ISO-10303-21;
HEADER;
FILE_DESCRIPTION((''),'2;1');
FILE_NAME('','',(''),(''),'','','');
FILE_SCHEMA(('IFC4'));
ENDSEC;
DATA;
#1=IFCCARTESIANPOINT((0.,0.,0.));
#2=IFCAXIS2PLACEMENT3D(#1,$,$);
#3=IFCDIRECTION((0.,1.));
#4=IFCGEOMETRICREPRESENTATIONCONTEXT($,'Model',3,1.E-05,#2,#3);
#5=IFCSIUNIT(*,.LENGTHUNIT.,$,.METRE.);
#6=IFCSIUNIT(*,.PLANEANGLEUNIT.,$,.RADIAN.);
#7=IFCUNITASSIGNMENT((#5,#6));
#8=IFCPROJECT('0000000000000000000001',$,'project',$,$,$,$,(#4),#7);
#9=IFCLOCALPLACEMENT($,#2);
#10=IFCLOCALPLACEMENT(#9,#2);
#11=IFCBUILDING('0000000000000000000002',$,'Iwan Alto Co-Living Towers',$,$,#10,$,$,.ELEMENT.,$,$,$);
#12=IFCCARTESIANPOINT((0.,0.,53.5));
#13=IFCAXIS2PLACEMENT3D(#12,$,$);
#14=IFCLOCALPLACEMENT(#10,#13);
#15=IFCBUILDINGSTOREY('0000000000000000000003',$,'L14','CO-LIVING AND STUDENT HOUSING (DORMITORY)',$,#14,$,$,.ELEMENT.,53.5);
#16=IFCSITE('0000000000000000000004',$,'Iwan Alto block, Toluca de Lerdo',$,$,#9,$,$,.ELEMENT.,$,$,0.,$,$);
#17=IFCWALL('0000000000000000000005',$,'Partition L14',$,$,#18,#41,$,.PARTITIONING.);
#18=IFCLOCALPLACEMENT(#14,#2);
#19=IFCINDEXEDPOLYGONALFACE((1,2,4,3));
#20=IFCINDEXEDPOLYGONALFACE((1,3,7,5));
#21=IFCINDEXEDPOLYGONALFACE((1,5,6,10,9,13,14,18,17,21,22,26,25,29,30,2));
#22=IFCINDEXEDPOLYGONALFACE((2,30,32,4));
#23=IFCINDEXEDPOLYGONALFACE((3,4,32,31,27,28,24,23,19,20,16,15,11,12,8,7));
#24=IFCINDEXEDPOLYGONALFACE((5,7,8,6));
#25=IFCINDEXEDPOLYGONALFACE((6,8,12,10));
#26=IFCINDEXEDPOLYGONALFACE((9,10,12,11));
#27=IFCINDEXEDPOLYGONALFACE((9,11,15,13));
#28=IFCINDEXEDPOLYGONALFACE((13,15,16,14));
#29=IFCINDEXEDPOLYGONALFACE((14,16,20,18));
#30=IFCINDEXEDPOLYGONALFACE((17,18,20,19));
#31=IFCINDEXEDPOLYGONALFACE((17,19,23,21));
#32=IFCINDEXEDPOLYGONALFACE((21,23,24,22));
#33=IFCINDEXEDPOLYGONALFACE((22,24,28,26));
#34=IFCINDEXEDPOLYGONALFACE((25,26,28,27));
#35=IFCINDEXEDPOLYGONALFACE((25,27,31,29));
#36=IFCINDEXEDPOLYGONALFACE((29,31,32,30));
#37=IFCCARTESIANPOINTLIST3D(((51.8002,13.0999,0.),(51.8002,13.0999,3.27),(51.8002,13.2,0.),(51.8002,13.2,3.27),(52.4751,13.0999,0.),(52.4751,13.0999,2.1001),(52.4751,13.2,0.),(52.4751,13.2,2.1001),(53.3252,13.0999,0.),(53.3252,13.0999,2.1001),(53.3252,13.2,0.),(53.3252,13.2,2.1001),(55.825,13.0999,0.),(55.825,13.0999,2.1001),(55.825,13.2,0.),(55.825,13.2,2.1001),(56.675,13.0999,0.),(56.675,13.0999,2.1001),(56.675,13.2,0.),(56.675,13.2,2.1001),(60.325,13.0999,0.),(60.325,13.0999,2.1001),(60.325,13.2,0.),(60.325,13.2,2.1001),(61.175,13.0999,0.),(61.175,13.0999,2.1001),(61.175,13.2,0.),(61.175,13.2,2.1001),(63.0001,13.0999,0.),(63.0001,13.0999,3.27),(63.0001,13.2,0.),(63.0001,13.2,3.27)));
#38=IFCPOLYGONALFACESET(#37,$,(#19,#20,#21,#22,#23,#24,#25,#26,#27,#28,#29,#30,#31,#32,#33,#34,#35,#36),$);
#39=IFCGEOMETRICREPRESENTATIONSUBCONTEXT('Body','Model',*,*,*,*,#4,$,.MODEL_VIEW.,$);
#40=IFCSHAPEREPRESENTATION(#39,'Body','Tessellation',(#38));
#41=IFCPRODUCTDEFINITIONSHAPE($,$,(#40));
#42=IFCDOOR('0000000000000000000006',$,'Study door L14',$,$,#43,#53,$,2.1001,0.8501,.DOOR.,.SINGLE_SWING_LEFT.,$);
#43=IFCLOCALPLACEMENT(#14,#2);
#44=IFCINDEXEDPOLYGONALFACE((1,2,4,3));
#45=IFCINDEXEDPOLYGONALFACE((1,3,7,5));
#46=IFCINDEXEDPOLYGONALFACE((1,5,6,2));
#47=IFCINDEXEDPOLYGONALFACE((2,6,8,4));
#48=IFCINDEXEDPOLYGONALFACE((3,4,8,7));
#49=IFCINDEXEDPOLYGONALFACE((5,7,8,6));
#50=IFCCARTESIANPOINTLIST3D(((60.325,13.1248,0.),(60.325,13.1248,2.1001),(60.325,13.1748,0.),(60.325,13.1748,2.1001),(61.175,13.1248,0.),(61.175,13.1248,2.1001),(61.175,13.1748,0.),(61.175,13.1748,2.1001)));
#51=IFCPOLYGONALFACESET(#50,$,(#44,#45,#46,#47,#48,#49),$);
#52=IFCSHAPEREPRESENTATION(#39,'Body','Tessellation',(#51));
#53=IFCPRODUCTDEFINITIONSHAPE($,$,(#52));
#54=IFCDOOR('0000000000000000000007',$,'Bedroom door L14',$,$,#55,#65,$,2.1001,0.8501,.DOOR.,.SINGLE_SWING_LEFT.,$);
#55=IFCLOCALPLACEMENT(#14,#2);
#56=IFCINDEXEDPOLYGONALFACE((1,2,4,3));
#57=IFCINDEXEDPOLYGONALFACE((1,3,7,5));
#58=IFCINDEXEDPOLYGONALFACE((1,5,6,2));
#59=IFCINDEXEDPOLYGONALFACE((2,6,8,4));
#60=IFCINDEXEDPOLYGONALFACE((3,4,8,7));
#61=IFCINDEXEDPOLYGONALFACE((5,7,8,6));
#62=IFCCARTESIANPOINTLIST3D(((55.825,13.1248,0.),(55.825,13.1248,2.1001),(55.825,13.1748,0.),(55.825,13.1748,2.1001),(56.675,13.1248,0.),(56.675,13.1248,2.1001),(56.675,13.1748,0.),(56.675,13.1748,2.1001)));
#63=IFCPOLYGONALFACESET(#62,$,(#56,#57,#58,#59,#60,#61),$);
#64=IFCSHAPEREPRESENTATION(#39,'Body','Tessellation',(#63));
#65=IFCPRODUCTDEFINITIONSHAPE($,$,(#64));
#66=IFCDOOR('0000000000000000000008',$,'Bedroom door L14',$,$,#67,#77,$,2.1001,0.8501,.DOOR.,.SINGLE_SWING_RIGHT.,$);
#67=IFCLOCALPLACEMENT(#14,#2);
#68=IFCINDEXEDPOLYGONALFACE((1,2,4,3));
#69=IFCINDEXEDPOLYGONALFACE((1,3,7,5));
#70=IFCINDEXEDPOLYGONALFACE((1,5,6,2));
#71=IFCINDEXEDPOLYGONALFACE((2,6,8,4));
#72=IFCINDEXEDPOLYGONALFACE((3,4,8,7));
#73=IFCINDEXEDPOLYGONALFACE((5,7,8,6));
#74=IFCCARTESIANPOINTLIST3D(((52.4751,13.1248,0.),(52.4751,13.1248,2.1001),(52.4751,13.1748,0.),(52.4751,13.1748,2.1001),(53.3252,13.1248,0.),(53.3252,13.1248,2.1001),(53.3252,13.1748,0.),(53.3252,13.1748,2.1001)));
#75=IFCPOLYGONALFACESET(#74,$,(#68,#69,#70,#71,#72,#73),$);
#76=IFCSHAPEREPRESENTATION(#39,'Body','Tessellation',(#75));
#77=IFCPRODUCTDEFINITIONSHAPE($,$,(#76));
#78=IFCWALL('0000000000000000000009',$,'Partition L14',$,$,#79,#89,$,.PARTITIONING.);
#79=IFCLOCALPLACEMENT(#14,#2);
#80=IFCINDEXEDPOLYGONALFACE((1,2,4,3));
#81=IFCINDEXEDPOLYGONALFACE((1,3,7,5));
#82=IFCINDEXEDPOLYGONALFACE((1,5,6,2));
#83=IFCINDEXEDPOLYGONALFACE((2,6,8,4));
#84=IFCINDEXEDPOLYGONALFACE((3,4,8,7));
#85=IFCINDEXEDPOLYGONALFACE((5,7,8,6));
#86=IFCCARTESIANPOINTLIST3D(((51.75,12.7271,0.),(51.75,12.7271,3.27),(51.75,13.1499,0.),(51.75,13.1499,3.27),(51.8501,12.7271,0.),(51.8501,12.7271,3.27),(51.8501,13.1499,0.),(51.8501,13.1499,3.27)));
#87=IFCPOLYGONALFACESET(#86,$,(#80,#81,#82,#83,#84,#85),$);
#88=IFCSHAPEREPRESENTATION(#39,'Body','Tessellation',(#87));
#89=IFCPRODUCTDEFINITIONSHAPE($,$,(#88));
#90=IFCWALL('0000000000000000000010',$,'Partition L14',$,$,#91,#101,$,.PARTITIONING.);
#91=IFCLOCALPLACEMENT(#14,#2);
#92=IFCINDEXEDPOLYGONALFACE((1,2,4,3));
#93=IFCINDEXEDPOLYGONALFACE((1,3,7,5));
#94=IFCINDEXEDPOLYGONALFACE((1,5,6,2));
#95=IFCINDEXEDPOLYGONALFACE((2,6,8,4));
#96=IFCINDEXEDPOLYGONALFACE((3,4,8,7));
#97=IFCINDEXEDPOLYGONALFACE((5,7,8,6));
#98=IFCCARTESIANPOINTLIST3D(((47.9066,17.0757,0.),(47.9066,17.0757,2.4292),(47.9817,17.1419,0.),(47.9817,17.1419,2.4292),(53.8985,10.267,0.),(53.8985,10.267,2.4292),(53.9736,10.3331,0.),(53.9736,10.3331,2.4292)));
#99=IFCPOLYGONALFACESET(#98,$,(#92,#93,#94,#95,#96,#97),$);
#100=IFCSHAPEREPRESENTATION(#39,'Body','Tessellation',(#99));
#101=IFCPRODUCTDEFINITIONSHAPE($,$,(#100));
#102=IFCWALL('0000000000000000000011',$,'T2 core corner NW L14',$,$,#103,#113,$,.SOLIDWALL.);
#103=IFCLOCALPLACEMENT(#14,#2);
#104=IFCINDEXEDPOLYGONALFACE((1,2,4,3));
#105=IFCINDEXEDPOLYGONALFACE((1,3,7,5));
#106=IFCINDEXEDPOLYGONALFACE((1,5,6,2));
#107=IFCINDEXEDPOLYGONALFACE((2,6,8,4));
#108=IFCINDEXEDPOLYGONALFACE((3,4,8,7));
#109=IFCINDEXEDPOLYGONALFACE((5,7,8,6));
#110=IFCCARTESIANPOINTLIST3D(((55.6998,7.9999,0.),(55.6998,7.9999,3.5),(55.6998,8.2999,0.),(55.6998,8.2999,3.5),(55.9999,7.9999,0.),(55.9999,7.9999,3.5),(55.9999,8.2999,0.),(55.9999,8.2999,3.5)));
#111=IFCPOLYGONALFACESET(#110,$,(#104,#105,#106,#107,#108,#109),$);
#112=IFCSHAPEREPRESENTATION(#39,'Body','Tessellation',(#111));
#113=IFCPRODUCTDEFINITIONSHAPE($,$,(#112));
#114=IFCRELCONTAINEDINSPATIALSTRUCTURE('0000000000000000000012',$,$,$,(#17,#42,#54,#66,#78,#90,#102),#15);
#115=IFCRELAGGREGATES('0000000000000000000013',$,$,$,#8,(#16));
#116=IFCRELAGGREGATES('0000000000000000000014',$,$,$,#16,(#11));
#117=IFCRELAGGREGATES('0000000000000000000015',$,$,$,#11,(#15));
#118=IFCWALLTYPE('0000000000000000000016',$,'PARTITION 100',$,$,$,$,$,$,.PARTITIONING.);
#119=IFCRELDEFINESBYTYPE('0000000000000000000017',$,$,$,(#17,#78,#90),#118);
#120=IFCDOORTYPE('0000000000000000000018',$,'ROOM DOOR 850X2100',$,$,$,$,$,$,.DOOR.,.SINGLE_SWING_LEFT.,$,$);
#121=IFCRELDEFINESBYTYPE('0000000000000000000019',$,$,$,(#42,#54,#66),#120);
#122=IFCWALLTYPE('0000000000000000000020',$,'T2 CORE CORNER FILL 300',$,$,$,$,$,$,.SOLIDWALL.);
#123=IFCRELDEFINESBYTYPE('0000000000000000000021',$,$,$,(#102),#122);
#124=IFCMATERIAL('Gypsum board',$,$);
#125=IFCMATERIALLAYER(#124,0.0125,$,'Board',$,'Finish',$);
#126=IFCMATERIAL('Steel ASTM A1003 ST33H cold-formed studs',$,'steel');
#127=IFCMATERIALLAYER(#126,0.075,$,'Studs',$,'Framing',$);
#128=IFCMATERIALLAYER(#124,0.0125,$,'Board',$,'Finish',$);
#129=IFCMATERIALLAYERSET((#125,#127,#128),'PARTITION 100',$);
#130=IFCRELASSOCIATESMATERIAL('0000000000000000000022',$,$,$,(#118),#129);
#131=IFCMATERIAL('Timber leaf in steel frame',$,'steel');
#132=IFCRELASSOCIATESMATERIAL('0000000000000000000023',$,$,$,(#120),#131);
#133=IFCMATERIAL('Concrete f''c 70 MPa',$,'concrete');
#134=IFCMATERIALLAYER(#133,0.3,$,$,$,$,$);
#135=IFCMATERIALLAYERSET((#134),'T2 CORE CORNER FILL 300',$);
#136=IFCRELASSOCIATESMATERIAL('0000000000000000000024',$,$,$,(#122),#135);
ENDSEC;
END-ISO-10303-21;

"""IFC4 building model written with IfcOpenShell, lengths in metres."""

from ifc_helpers import new_model, si_unit, direction, frame, frame_2d, origin, place, context, subcontext, project, spatial, rectangle, extrude, material, layer, layer_set, type_object, element, fill, save


model = new_model("IFC4")

# Units and contexts
model_context = context("Model", 3, precision=1e-05, world=origin(), true_north=direction((0.0, 1.0)))
body_context = subcontext(model_context, "Body", "Model", "MODEL_VIEW")
ifc_project = project(units=[si_unit("LENGTHUNIT", "METRE"), si_unit("PLANEANGLEUNIT", "RADIAN")], contexts=[model_context])

# Site, building, storey
site_placement = place(None, origin())
site = spatial("IfcSite", under=ifc_project, at=site_placement, Name="Iwan Alto block, Toluca de Lerdo", CompositionType="ELEMENT", RefElevation=0.0)
building_placement = place(site_placement, origin())
building = spatial("IfcBuilding", under=site, at=building_placement, Name="Iwan Alto Co-Living Towers", CompositionType="ELEMENT")
storey_placement = place(building_placement, frame((0.0, 0.0, 53.5)))
storey = spatial("IfcBuildingStorey", under=building, at=storey_placement, Name="L14", Description="CO-LIVING AND STUDENT HOUSING (DORMITORY)", CompositionType="ELEMENT", Elevation=53.5)

# Shared definitions
ifc_material_1 = material(Name="Gypsum board")
ifc_material_2 = material(Name="Steel ASTM A1003 ST33H cold-formed studs", Category="steel")

# Wall, openings, doors
ifc_layer_1 = layer(ifc_material_1, 0.0125, Name="Board", Category="Finish")
ifc_layer_2 = layer(ifc_material_2, 0.075, Name="Studs", Category="Framing")
ifc_layer_3 = layer(ifc_material_1, 0.0125, Name="Board", Category="Finish")
ifc_layer_set_1 = layer_set([ifc_layer_1, ifc_layer_2, ifc_layer_3], Name="PARTITION 100")
wall_type_1 = type_object("IfcWallType", Name="PARTITION 100", PredefinedType="PARTITIONING", material=ifc_layer_set_1)
wall_1_placement = place(storey_placement, frame((51.8, 13.1499, 0.0), z_axis=(0.0, 0.0, 1.0), x_axis=(1.0, 0.0, 0.0)))
wall_1 = element("IfcWall", 1, at=wall_1_placement, inside=storey, type_object=wall_type_1, Name="Partition L14", PredefinedType="PARTITIONING", context=body_context, shape_type="SweptSolid", body=[
    extrude(rectangle(XDim=11.2, YDim=0.1001, at=frame_2d((5.6001, 0.0))), origin(), (0.0, 0.0, 1.0), 3.27),
])
opening_1_placement = place(wall_1_placement, frame((8.5249, 0.0, 0.0)))
opening_1 = element("IfcOpeningElement", 2, at=opening_1_placement, cuts=wall_1, PredefinedType="OPENING", context=body_context, shape_type="SweptSolid", body=[
    extrude(rectangle(XDim=0.8501, YDim=2.1001, at=frame_2d((0.425, 1.05))), frame((0.0, 0.0601, 0.0), z_axis=(0.0, -1.0, 0.0), x_axis=(1.0, 0.0, 0.0)), (0.0, 0.0, 1.0), 0.1201),
])
opening_2_placement = place(wall_1_placement, frame((4.0249, 0.0, 0.0)))
opening_2 = element("IfcOpeningElement", 3, at=opening_2_placement, cuts=wall_1, PredefinedType="OPENING", context=body_context, shape_type="SweptSolid", body=[
    extrude(rectangle(XDim=0.8501, YDim=2.1001, at=frame_2d((0.425, 1.05))), frame((0.0, 0.0601, 0.0), z_axis=(0.0, -1.0, 0.0), x_axis=(1.0, 0.0, 0.0)), (0.0, 0.0, 1.0), 0.1201),
])
opening_3_placement = place(wall_1_placement, frame((0.675, 0.0, 0.0)))
opening_3 = element("IfcOpeningElement", 4, at=opening_3_placement, cuts=wall_1, PredefinedType="OPENING", context=body_context, shape_type="SweptSolid", body=[
    extrude(rectangle(XDim=0.8501, YDim=2.1001, at=frame_2d((0.425, 1.05))), frame((0.0, 0.0601, 0.0), z_axis=(0.0, -1.0, 0.0), x_axis=(1.0, 0.0, 0.0)), (0.0, 0.0, 1.0), 0.1201),
])
ifc_material_3 = material(Name="Timber leaf in steel frame", Category="steel")
door_type_1 = type_object("IfcDoorType", Name="ROOM DOOR 850X2100", OperationType="SINGLE_SWING_LEFT", PredefinedType="DOOR", material=ifc_material_3)
door_1_placement = place(opening_1_placement, origin())
door_1 = element("IfcDoor", 5, at=door_1_placement, inside=storey, type_object=door_type_1, Name="Study door L14", OperationType="SINGLE_SWING_LEFT", OverallHeight=2.1001, OverallWidth=0.8501, PredefinedType="DOOR", context=body_context, shape_type="SweptSolid", body=[
    extrude(rectangle(XDim=0.8501, YDim=2.1001, at=frame_2d((0.425, 1.05))), frame((0.0, 0.0249, 0.0), z_axis=(0.0, -1.0, 0.0), x_axis=(1.0, 0.0, 0.0)), (0.0, 0.0, 1.0), 0.05),
])
fill(opening_1, door_1)
door_2_placement = place(opening_2_placement, origin())
door_2 = element("IfcDoor", 6, at=door_2_placement, inside=storey, type_object=door_type_1, Name="Bedroom door L14", OperationType="SINGLE_SWING_LEFT", OverallHeight=2.1001, OverallWidth=0.8501, PredefinedType="DOOR", context=body_context, shape_type="SweptSolid", body=[
    extrude(rectangle(XDim=0.8501, YDim=2.1001, at=frame_2d((0.425, 1.05))), frame((0.0, 0.0249, 0.0), z_axis=(0.0, -1.0, 0.0), x_axis=(1.0, 0.0, 0.0)), (0.0, 0.0, 1.0), 0.05),
])
fill(opening_2, door_2)
door_3_placement = place(opening_3_placement, origin())
door_3 = element("IfcDoor", 7, at=door_3_placement, inside=storey, type_object=door_type_1, Name="Bedroom door L14", OperationType="SINGLE_SWING_RIGHT", OverallHeight=2.1001, OverallWidth=0.8501, PredefinedType="DOOR", context=body_context, shape_type="SweptSolid", body=[
    extrude(rectangle(XDim=0.8501, YDim=2.1001, at=frame_2d((0.425, 1.05))), frame((0.0, 0.0249, 0.0), z_axis=(0.0, -1.0, 0.0), x_axis=(1.0, 0.0, 0.0)), (0.0, 0.0, 1.0), 0.05),
])
fill(opening_3, door_3)

# Walls
wall_2_placement = place(storey_placement, frame((51.8, 12.7271, 0.0), z_axis=(0.0, 0.0, 1.0), x_axis=(0.0, 1.0, 0.0)))
element("IfcWall", 8, at=wall_2_placement, inside=storey, type_object=wall_type_1, Name="Partition L14", PredefinedType="PARTITIONING", context=body_context, shape_type="SweptSolid", body=[
    extrude(rectangle(XDim=0.4229, YDim=0.1001, at=frame_2d((0.2114, 0.0))), origin(), (0.0, 0.0, 1.0), 3.27),
])
wall_3_placement = place(storey_placement, frame((53.936, 10.3, 0.0), z_axis=(0.0, 0.0, 1.0), x_axis=(-0.660638, 0.750704, 0.0)))
element("IfcWall", 9, at=wall_3_placement, inside=storey, type_object=wall_type_1, Name="Partition L14", PredefinedType="PARTITIONING", context=body_context, shape_type="SweptSolid", body=[
    extrude(rectangle(XDim=9.0698, YDim=0.1001, at=frame_2d((4.5349, 0.0))), origin(), (0.0, 0.0, 1.0), 2.4292),
])
ifc_material_4 = material(Name="Concrete f'c 70 MPa", Category="concrete")
ifc_layer_4 = layer(ifc_material_4, 0.3)
ifc_layer_set_2 = layer_set([ifc_layer_4], Name="T2 CORE CORNER FILL 300")
wall_type_2 = type_object("IfcWallType", Name="T2 CORE CORNER FILL 300", PredefinedType="SOLIDWALL", material=ifc_layer_set_2)
wall_4_placement = place(storey_placement, frame((55.7, 8.1499, 0.0), z_axis=(0.0, 0.0, 1.0), x_axis=(1.0, 0.0, 0.0)))
element("IfcWall", 10, at=wall_4_placement, inside=storey, type_object=wall_type_2, Name="T2 core corner NW L14", PredefinedType="SOLIDWALL", context=body_context, shape_type="SweptSolid", body=[
    extrude(rectangle(XDim=0.3, YDim=0.3, at=frame_2d((0.1499, 0.0))), origin(), (0.0, 0.0, 1.0), 3.5),
])

save(model, "model.ifc")
